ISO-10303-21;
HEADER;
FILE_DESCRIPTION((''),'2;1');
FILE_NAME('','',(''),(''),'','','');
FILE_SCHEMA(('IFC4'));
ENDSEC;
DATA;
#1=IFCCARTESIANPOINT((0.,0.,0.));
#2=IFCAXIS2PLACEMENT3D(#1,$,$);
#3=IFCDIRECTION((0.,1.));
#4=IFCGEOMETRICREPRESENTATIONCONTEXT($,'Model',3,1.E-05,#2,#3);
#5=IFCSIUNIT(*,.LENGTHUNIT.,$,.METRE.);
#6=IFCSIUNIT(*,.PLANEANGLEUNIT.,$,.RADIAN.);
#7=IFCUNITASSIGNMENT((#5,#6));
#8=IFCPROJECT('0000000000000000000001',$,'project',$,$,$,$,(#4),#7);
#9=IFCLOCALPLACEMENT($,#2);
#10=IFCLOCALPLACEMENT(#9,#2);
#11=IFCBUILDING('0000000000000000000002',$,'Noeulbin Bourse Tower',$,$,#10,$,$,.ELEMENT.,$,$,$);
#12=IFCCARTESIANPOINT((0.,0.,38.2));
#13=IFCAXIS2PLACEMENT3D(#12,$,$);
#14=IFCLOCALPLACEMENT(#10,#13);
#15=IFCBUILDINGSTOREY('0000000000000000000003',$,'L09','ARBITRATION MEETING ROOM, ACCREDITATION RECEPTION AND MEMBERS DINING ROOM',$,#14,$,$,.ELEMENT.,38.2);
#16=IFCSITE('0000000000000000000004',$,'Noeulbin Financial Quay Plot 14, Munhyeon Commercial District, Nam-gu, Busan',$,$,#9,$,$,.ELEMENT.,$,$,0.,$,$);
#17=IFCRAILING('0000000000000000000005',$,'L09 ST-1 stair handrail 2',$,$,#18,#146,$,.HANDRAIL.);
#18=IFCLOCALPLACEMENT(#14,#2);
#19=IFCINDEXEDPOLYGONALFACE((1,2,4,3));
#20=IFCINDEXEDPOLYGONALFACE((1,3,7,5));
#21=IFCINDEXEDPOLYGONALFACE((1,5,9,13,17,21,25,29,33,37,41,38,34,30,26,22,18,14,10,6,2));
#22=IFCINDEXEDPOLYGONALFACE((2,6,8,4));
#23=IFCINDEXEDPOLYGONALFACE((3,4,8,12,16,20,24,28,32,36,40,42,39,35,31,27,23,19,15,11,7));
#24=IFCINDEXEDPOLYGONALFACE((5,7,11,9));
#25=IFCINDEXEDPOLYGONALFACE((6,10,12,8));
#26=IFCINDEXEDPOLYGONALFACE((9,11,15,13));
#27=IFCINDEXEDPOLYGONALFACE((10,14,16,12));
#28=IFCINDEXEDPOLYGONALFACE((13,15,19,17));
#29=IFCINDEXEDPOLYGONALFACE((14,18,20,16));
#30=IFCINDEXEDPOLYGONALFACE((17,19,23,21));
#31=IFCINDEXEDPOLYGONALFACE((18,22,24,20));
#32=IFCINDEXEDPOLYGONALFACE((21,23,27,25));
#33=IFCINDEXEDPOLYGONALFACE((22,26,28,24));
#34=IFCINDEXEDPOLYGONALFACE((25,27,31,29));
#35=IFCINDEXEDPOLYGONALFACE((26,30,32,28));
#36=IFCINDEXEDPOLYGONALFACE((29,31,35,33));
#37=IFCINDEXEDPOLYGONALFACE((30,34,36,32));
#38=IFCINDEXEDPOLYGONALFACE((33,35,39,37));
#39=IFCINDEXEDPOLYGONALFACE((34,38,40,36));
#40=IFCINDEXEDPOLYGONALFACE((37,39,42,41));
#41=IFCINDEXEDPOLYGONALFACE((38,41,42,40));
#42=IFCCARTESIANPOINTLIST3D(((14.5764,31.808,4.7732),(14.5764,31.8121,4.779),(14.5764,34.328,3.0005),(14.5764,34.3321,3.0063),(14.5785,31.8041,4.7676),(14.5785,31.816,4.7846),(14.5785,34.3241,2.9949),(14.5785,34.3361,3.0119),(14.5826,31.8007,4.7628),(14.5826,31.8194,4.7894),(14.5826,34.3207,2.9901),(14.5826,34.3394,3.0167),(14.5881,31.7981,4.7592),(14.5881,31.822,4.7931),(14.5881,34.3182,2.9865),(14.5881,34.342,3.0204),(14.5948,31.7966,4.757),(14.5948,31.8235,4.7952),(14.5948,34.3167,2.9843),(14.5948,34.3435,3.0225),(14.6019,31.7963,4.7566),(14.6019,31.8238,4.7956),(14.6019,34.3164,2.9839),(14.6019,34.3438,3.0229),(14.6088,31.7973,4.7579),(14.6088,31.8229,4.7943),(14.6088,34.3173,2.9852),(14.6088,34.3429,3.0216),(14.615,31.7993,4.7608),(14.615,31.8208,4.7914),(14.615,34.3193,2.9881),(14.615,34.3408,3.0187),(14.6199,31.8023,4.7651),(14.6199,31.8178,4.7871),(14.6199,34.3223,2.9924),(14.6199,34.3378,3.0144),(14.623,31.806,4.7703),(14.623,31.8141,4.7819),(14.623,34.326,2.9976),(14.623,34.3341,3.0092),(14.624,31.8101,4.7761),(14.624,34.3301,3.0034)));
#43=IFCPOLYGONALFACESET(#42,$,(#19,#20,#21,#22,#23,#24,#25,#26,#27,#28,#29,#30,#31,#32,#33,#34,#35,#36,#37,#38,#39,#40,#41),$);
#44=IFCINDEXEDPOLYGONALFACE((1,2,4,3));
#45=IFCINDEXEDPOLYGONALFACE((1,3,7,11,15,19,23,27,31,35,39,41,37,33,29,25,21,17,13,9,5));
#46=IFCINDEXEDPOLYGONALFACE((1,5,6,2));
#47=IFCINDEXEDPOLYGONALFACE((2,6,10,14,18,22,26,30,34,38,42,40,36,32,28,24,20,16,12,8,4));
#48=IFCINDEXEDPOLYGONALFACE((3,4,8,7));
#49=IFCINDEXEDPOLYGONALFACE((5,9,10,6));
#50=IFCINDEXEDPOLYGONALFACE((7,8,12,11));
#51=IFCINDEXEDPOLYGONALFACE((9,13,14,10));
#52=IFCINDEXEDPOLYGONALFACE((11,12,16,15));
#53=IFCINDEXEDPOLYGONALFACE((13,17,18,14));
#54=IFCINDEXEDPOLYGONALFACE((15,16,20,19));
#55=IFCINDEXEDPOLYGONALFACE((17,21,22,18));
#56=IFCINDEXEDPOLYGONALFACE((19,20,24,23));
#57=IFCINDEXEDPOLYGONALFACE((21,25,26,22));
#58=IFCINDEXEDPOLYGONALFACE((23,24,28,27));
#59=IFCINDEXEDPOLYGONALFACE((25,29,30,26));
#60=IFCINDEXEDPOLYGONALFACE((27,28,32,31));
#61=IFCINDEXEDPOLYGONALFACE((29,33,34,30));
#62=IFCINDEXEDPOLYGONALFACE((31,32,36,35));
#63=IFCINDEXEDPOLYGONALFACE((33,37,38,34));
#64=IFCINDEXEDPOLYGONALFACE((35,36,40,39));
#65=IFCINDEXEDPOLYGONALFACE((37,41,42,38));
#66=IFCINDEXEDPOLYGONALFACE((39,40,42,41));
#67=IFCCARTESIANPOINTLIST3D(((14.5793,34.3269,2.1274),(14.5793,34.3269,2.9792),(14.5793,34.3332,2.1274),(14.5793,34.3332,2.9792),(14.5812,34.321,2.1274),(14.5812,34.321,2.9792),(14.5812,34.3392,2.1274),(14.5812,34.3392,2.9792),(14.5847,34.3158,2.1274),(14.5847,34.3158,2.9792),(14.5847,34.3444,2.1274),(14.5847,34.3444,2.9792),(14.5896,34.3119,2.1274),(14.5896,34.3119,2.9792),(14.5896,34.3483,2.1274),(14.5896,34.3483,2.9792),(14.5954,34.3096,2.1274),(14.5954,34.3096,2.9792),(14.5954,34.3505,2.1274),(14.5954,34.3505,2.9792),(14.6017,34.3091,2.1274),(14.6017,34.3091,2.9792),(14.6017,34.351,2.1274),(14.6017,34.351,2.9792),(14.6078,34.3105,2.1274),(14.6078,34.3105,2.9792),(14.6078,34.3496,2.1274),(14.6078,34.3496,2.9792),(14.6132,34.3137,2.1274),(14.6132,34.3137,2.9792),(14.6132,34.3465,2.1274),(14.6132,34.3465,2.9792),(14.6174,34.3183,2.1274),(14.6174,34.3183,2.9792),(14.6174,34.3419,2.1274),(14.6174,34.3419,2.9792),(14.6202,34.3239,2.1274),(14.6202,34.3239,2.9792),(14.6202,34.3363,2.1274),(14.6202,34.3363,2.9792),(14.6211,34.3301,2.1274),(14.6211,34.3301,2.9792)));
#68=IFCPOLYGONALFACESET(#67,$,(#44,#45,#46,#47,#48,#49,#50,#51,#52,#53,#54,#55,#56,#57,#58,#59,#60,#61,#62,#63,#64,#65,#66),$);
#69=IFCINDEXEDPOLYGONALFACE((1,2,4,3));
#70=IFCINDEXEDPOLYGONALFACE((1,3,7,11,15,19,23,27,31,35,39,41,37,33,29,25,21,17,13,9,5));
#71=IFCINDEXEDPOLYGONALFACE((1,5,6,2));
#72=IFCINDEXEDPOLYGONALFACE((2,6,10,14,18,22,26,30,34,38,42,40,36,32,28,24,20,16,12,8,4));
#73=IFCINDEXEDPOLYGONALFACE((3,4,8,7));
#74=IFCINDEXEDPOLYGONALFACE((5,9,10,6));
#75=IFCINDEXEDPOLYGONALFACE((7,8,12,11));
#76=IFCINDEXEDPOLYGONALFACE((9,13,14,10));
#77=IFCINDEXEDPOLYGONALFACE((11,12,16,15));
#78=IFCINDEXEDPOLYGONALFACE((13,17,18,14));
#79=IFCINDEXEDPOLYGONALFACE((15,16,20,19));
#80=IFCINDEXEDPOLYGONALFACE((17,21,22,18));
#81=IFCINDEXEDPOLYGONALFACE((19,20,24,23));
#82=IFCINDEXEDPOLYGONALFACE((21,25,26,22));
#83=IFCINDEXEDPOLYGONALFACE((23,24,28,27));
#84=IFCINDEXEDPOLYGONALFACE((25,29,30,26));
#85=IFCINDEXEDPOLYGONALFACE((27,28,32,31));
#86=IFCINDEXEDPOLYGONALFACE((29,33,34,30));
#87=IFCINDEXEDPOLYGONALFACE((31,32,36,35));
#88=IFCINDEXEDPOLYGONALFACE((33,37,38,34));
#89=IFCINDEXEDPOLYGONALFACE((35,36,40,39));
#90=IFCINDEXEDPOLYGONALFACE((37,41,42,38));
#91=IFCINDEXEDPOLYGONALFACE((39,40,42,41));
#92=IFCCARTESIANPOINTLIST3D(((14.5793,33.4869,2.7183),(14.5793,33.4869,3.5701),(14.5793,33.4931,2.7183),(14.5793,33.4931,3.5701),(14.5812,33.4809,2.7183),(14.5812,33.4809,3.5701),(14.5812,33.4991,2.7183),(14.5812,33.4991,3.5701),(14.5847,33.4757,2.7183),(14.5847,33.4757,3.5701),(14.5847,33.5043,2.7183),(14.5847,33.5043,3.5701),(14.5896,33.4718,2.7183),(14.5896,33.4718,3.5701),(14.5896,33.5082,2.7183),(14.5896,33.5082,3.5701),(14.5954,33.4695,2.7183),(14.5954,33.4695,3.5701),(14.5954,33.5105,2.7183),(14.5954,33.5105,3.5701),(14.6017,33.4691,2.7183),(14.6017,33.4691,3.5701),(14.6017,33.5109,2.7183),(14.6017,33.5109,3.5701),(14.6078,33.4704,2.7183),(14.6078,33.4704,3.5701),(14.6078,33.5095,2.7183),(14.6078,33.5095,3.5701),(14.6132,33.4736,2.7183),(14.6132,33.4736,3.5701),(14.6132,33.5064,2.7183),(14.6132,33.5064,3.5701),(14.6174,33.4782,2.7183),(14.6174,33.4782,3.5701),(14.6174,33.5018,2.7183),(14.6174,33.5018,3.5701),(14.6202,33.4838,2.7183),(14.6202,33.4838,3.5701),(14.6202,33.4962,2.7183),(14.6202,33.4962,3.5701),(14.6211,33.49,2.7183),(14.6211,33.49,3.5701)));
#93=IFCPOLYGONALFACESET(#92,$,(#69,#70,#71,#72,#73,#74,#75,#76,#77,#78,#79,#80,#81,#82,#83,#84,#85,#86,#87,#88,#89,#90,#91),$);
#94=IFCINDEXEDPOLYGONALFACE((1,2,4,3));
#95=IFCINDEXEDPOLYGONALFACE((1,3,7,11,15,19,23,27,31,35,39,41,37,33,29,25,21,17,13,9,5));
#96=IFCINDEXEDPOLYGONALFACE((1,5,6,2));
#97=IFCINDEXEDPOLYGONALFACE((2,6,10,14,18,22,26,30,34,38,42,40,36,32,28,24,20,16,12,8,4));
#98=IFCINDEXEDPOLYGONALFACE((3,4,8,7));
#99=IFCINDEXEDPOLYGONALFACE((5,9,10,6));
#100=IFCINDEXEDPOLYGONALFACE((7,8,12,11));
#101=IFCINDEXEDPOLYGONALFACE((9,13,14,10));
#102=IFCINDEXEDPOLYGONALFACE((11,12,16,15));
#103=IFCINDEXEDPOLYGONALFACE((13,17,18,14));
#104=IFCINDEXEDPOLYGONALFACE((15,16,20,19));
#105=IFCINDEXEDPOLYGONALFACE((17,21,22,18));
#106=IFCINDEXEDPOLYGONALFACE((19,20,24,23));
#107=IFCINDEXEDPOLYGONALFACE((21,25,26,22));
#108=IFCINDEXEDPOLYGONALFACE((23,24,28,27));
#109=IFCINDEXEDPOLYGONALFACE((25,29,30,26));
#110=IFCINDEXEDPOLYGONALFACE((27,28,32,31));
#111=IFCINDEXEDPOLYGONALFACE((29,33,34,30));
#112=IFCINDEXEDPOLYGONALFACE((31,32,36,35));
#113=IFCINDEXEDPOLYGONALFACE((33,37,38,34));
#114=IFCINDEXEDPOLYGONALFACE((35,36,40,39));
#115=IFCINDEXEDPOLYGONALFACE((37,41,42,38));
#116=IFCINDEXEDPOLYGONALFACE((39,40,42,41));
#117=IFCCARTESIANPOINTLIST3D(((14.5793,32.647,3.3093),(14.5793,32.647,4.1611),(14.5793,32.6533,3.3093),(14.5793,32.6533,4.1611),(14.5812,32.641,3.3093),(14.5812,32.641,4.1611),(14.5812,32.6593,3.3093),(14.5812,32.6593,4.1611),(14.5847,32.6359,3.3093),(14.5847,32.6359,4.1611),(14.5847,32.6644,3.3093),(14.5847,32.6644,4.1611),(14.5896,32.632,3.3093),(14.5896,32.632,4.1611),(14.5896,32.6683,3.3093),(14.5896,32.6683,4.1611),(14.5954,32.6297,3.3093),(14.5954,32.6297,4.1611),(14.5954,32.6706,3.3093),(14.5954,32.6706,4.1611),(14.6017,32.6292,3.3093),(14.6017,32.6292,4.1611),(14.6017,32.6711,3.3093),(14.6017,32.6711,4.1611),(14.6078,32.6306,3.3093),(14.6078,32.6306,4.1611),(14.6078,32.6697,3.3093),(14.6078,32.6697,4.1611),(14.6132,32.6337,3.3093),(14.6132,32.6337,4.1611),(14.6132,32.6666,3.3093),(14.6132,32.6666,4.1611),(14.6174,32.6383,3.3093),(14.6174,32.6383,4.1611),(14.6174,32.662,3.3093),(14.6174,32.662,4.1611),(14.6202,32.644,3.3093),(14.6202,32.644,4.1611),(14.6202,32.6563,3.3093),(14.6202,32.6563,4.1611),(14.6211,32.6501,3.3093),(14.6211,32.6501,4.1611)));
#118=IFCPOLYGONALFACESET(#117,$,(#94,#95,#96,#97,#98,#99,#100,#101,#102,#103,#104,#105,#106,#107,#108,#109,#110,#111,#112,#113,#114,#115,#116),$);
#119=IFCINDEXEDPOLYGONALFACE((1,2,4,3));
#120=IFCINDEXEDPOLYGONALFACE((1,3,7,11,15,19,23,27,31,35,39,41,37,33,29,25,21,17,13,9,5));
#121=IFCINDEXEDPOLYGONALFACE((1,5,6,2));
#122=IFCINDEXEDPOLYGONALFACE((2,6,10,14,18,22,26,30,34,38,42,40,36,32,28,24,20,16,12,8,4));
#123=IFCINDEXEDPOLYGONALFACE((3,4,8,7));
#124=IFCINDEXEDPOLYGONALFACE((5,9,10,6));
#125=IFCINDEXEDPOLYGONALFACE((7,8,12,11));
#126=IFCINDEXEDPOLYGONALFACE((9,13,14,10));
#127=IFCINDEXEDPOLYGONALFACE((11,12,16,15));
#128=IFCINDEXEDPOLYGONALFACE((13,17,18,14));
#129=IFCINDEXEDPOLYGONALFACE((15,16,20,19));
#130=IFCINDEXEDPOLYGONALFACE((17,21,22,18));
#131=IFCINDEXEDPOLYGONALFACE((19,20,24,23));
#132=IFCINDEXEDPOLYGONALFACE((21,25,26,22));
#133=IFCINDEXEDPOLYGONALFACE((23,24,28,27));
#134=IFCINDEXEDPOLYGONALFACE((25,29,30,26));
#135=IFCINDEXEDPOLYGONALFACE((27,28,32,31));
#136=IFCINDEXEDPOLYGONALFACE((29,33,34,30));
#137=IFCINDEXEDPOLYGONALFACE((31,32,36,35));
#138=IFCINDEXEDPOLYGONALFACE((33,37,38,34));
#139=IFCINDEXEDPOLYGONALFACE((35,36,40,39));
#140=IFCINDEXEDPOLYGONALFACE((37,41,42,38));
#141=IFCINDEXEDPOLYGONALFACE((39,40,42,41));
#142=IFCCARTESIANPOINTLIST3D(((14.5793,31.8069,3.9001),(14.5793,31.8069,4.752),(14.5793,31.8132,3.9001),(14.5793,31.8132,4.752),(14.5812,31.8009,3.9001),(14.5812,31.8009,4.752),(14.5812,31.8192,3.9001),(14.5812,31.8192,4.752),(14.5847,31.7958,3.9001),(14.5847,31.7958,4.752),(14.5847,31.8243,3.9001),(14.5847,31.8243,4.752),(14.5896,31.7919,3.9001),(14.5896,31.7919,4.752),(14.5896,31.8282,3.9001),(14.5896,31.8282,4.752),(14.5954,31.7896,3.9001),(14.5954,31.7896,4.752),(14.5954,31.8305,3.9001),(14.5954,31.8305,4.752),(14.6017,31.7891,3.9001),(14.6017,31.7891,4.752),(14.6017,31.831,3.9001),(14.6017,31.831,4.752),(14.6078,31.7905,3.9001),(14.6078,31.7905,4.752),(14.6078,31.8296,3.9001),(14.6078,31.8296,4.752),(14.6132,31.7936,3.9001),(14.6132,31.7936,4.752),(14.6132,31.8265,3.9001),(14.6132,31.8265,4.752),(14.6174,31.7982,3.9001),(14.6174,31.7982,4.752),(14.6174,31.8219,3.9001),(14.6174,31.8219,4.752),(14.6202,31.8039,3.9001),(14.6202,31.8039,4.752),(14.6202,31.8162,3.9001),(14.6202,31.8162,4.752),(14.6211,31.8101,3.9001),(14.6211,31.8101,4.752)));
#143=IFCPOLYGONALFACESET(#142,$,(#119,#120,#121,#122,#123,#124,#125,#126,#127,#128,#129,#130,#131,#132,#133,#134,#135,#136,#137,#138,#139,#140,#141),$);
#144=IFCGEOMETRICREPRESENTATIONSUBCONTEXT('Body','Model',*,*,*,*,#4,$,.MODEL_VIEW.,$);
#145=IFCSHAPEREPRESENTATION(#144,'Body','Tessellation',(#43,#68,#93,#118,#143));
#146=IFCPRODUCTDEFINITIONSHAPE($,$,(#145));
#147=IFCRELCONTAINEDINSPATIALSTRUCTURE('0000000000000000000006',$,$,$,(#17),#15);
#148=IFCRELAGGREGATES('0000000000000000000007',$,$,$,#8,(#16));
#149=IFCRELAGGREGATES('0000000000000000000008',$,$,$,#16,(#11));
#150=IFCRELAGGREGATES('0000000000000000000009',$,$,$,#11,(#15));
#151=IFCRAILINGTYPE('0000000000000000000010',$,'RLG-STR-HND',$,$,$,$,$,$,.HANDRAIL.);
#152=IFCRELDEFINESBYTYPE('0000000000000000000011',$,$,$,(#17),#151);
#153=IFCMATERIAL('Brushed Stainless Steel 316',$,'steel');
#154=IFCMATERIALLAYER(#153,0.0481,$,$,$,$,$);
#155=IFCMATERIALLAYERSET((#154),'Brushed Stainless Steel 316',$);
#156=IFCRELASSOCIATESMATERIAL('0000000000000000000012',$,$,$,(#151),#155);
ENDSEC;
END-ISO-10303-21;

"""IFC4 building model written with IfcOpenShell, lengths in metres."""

from ifc_helpers import new_model, si_unit, direction, frame, origin, origin_2d, place, context, subcontext, project, spatial, circle, extrude, material, layer, layer_set, type_object, element, save


model = new_model("IFC4")

# Units and contexts
model_context = context("Model", 3, precision=1e-05, world=origin(), true_north=direction((0.0, 1.0)))
body_context = subcontext(model_context, "Body", "Model", "MODEL_VIEW")
ifc_project = project(units=[si_unit("LENGTHUNIT", "METRE"), si_unit("PLANEANGLEUNIT", "RADIAN")], contexts=[model_context])

# Site, building, storey
site_placement = place(None, origin())
site = spatial("IfcSite", under=ifc_project, at=site_placement, Name="Noeulbin Financial Quay Plot 14, Munhyeon Commercial District, Nam-gu, Busan", CompositionType="ELEMENT", RefElevation=0.0)
building_placement = place(site_placement, origin())
building = spatial("IfcBuilding", under=site, at=building_placement, Name="Noeulbin Bourse Tower", CompositionType="ELEMENT")
storey_placement = place(building_placement, frame((0.0, 0.0, 38.2)))
storey = spatial("IfcBuildingStorey", under=building, at=storey_placement, Name="L09", Description="ARBITRATION MEETING ROOM, ACCREDITATION RECEPTION AND MEMBERS DINING ROOM", CompositionType="ELEMENT", Elevation=38.2)

# Shared definitions
ifc_material_1 = material(Name="Brushed Stainless Steel 316", Category="steel")

# Railing
ifc_layer_1 = layer(ifc_material_1, 0.0481)
ifc_layer_set_1 = layer_set([ifc_layer_1], Name="Brushed Stainless Steel 316")
railing_type_1 = type_object("IfcRailingType", Name="RLG-STR-HND", PredefinedType="HANDRAIL", material=ifc_layer_set_1)
railing_1_placement = place(storey_placement, frame((14.6001, 34.3301, 2.1274)))
element("IfcRailing", 1, at=railing_1_placement, inside=storey, type_object=railing_type_1, Name="L09 ST-1 stair handrail 2", PredefinedType="HANDRAIL", context=body_context, shape_type="SweptSolid", body=[
    extrude(circle(Radius=0.0239, at=origin_2d()), frame((0.0, 0.0, 0.876), z_axis=(0.0, -0.817904, 0.575354), x_axis=(1.0, 0.0, 0.0)), (0.0, 0.0, 1.0), 3.0811),
    extrude(circle(Radius=0.021, at=origin_2d()), origin(), (0.0, 0.0, 1.0), 0.8518),
    extrude(circle(Radius=0.021, at=origin_2d()), frame((0.0, -0.8401, 0.5908)), (0.0, 0.0, 1.0), 0.8518),
    extrude(circle(Radius=0.021, at=origin_2d()), frame((0.0, -1.6799, 1.1819)), (0.0, 0.0, 1.0), 0.8518),
    extrude(circle(Radius=0.021, at=origin_2d()), frame((0.0, -2.52, 1.7727)), (0.0, 0.0, 1.0), 0.8518),
])

save(model, "model.ifc")
